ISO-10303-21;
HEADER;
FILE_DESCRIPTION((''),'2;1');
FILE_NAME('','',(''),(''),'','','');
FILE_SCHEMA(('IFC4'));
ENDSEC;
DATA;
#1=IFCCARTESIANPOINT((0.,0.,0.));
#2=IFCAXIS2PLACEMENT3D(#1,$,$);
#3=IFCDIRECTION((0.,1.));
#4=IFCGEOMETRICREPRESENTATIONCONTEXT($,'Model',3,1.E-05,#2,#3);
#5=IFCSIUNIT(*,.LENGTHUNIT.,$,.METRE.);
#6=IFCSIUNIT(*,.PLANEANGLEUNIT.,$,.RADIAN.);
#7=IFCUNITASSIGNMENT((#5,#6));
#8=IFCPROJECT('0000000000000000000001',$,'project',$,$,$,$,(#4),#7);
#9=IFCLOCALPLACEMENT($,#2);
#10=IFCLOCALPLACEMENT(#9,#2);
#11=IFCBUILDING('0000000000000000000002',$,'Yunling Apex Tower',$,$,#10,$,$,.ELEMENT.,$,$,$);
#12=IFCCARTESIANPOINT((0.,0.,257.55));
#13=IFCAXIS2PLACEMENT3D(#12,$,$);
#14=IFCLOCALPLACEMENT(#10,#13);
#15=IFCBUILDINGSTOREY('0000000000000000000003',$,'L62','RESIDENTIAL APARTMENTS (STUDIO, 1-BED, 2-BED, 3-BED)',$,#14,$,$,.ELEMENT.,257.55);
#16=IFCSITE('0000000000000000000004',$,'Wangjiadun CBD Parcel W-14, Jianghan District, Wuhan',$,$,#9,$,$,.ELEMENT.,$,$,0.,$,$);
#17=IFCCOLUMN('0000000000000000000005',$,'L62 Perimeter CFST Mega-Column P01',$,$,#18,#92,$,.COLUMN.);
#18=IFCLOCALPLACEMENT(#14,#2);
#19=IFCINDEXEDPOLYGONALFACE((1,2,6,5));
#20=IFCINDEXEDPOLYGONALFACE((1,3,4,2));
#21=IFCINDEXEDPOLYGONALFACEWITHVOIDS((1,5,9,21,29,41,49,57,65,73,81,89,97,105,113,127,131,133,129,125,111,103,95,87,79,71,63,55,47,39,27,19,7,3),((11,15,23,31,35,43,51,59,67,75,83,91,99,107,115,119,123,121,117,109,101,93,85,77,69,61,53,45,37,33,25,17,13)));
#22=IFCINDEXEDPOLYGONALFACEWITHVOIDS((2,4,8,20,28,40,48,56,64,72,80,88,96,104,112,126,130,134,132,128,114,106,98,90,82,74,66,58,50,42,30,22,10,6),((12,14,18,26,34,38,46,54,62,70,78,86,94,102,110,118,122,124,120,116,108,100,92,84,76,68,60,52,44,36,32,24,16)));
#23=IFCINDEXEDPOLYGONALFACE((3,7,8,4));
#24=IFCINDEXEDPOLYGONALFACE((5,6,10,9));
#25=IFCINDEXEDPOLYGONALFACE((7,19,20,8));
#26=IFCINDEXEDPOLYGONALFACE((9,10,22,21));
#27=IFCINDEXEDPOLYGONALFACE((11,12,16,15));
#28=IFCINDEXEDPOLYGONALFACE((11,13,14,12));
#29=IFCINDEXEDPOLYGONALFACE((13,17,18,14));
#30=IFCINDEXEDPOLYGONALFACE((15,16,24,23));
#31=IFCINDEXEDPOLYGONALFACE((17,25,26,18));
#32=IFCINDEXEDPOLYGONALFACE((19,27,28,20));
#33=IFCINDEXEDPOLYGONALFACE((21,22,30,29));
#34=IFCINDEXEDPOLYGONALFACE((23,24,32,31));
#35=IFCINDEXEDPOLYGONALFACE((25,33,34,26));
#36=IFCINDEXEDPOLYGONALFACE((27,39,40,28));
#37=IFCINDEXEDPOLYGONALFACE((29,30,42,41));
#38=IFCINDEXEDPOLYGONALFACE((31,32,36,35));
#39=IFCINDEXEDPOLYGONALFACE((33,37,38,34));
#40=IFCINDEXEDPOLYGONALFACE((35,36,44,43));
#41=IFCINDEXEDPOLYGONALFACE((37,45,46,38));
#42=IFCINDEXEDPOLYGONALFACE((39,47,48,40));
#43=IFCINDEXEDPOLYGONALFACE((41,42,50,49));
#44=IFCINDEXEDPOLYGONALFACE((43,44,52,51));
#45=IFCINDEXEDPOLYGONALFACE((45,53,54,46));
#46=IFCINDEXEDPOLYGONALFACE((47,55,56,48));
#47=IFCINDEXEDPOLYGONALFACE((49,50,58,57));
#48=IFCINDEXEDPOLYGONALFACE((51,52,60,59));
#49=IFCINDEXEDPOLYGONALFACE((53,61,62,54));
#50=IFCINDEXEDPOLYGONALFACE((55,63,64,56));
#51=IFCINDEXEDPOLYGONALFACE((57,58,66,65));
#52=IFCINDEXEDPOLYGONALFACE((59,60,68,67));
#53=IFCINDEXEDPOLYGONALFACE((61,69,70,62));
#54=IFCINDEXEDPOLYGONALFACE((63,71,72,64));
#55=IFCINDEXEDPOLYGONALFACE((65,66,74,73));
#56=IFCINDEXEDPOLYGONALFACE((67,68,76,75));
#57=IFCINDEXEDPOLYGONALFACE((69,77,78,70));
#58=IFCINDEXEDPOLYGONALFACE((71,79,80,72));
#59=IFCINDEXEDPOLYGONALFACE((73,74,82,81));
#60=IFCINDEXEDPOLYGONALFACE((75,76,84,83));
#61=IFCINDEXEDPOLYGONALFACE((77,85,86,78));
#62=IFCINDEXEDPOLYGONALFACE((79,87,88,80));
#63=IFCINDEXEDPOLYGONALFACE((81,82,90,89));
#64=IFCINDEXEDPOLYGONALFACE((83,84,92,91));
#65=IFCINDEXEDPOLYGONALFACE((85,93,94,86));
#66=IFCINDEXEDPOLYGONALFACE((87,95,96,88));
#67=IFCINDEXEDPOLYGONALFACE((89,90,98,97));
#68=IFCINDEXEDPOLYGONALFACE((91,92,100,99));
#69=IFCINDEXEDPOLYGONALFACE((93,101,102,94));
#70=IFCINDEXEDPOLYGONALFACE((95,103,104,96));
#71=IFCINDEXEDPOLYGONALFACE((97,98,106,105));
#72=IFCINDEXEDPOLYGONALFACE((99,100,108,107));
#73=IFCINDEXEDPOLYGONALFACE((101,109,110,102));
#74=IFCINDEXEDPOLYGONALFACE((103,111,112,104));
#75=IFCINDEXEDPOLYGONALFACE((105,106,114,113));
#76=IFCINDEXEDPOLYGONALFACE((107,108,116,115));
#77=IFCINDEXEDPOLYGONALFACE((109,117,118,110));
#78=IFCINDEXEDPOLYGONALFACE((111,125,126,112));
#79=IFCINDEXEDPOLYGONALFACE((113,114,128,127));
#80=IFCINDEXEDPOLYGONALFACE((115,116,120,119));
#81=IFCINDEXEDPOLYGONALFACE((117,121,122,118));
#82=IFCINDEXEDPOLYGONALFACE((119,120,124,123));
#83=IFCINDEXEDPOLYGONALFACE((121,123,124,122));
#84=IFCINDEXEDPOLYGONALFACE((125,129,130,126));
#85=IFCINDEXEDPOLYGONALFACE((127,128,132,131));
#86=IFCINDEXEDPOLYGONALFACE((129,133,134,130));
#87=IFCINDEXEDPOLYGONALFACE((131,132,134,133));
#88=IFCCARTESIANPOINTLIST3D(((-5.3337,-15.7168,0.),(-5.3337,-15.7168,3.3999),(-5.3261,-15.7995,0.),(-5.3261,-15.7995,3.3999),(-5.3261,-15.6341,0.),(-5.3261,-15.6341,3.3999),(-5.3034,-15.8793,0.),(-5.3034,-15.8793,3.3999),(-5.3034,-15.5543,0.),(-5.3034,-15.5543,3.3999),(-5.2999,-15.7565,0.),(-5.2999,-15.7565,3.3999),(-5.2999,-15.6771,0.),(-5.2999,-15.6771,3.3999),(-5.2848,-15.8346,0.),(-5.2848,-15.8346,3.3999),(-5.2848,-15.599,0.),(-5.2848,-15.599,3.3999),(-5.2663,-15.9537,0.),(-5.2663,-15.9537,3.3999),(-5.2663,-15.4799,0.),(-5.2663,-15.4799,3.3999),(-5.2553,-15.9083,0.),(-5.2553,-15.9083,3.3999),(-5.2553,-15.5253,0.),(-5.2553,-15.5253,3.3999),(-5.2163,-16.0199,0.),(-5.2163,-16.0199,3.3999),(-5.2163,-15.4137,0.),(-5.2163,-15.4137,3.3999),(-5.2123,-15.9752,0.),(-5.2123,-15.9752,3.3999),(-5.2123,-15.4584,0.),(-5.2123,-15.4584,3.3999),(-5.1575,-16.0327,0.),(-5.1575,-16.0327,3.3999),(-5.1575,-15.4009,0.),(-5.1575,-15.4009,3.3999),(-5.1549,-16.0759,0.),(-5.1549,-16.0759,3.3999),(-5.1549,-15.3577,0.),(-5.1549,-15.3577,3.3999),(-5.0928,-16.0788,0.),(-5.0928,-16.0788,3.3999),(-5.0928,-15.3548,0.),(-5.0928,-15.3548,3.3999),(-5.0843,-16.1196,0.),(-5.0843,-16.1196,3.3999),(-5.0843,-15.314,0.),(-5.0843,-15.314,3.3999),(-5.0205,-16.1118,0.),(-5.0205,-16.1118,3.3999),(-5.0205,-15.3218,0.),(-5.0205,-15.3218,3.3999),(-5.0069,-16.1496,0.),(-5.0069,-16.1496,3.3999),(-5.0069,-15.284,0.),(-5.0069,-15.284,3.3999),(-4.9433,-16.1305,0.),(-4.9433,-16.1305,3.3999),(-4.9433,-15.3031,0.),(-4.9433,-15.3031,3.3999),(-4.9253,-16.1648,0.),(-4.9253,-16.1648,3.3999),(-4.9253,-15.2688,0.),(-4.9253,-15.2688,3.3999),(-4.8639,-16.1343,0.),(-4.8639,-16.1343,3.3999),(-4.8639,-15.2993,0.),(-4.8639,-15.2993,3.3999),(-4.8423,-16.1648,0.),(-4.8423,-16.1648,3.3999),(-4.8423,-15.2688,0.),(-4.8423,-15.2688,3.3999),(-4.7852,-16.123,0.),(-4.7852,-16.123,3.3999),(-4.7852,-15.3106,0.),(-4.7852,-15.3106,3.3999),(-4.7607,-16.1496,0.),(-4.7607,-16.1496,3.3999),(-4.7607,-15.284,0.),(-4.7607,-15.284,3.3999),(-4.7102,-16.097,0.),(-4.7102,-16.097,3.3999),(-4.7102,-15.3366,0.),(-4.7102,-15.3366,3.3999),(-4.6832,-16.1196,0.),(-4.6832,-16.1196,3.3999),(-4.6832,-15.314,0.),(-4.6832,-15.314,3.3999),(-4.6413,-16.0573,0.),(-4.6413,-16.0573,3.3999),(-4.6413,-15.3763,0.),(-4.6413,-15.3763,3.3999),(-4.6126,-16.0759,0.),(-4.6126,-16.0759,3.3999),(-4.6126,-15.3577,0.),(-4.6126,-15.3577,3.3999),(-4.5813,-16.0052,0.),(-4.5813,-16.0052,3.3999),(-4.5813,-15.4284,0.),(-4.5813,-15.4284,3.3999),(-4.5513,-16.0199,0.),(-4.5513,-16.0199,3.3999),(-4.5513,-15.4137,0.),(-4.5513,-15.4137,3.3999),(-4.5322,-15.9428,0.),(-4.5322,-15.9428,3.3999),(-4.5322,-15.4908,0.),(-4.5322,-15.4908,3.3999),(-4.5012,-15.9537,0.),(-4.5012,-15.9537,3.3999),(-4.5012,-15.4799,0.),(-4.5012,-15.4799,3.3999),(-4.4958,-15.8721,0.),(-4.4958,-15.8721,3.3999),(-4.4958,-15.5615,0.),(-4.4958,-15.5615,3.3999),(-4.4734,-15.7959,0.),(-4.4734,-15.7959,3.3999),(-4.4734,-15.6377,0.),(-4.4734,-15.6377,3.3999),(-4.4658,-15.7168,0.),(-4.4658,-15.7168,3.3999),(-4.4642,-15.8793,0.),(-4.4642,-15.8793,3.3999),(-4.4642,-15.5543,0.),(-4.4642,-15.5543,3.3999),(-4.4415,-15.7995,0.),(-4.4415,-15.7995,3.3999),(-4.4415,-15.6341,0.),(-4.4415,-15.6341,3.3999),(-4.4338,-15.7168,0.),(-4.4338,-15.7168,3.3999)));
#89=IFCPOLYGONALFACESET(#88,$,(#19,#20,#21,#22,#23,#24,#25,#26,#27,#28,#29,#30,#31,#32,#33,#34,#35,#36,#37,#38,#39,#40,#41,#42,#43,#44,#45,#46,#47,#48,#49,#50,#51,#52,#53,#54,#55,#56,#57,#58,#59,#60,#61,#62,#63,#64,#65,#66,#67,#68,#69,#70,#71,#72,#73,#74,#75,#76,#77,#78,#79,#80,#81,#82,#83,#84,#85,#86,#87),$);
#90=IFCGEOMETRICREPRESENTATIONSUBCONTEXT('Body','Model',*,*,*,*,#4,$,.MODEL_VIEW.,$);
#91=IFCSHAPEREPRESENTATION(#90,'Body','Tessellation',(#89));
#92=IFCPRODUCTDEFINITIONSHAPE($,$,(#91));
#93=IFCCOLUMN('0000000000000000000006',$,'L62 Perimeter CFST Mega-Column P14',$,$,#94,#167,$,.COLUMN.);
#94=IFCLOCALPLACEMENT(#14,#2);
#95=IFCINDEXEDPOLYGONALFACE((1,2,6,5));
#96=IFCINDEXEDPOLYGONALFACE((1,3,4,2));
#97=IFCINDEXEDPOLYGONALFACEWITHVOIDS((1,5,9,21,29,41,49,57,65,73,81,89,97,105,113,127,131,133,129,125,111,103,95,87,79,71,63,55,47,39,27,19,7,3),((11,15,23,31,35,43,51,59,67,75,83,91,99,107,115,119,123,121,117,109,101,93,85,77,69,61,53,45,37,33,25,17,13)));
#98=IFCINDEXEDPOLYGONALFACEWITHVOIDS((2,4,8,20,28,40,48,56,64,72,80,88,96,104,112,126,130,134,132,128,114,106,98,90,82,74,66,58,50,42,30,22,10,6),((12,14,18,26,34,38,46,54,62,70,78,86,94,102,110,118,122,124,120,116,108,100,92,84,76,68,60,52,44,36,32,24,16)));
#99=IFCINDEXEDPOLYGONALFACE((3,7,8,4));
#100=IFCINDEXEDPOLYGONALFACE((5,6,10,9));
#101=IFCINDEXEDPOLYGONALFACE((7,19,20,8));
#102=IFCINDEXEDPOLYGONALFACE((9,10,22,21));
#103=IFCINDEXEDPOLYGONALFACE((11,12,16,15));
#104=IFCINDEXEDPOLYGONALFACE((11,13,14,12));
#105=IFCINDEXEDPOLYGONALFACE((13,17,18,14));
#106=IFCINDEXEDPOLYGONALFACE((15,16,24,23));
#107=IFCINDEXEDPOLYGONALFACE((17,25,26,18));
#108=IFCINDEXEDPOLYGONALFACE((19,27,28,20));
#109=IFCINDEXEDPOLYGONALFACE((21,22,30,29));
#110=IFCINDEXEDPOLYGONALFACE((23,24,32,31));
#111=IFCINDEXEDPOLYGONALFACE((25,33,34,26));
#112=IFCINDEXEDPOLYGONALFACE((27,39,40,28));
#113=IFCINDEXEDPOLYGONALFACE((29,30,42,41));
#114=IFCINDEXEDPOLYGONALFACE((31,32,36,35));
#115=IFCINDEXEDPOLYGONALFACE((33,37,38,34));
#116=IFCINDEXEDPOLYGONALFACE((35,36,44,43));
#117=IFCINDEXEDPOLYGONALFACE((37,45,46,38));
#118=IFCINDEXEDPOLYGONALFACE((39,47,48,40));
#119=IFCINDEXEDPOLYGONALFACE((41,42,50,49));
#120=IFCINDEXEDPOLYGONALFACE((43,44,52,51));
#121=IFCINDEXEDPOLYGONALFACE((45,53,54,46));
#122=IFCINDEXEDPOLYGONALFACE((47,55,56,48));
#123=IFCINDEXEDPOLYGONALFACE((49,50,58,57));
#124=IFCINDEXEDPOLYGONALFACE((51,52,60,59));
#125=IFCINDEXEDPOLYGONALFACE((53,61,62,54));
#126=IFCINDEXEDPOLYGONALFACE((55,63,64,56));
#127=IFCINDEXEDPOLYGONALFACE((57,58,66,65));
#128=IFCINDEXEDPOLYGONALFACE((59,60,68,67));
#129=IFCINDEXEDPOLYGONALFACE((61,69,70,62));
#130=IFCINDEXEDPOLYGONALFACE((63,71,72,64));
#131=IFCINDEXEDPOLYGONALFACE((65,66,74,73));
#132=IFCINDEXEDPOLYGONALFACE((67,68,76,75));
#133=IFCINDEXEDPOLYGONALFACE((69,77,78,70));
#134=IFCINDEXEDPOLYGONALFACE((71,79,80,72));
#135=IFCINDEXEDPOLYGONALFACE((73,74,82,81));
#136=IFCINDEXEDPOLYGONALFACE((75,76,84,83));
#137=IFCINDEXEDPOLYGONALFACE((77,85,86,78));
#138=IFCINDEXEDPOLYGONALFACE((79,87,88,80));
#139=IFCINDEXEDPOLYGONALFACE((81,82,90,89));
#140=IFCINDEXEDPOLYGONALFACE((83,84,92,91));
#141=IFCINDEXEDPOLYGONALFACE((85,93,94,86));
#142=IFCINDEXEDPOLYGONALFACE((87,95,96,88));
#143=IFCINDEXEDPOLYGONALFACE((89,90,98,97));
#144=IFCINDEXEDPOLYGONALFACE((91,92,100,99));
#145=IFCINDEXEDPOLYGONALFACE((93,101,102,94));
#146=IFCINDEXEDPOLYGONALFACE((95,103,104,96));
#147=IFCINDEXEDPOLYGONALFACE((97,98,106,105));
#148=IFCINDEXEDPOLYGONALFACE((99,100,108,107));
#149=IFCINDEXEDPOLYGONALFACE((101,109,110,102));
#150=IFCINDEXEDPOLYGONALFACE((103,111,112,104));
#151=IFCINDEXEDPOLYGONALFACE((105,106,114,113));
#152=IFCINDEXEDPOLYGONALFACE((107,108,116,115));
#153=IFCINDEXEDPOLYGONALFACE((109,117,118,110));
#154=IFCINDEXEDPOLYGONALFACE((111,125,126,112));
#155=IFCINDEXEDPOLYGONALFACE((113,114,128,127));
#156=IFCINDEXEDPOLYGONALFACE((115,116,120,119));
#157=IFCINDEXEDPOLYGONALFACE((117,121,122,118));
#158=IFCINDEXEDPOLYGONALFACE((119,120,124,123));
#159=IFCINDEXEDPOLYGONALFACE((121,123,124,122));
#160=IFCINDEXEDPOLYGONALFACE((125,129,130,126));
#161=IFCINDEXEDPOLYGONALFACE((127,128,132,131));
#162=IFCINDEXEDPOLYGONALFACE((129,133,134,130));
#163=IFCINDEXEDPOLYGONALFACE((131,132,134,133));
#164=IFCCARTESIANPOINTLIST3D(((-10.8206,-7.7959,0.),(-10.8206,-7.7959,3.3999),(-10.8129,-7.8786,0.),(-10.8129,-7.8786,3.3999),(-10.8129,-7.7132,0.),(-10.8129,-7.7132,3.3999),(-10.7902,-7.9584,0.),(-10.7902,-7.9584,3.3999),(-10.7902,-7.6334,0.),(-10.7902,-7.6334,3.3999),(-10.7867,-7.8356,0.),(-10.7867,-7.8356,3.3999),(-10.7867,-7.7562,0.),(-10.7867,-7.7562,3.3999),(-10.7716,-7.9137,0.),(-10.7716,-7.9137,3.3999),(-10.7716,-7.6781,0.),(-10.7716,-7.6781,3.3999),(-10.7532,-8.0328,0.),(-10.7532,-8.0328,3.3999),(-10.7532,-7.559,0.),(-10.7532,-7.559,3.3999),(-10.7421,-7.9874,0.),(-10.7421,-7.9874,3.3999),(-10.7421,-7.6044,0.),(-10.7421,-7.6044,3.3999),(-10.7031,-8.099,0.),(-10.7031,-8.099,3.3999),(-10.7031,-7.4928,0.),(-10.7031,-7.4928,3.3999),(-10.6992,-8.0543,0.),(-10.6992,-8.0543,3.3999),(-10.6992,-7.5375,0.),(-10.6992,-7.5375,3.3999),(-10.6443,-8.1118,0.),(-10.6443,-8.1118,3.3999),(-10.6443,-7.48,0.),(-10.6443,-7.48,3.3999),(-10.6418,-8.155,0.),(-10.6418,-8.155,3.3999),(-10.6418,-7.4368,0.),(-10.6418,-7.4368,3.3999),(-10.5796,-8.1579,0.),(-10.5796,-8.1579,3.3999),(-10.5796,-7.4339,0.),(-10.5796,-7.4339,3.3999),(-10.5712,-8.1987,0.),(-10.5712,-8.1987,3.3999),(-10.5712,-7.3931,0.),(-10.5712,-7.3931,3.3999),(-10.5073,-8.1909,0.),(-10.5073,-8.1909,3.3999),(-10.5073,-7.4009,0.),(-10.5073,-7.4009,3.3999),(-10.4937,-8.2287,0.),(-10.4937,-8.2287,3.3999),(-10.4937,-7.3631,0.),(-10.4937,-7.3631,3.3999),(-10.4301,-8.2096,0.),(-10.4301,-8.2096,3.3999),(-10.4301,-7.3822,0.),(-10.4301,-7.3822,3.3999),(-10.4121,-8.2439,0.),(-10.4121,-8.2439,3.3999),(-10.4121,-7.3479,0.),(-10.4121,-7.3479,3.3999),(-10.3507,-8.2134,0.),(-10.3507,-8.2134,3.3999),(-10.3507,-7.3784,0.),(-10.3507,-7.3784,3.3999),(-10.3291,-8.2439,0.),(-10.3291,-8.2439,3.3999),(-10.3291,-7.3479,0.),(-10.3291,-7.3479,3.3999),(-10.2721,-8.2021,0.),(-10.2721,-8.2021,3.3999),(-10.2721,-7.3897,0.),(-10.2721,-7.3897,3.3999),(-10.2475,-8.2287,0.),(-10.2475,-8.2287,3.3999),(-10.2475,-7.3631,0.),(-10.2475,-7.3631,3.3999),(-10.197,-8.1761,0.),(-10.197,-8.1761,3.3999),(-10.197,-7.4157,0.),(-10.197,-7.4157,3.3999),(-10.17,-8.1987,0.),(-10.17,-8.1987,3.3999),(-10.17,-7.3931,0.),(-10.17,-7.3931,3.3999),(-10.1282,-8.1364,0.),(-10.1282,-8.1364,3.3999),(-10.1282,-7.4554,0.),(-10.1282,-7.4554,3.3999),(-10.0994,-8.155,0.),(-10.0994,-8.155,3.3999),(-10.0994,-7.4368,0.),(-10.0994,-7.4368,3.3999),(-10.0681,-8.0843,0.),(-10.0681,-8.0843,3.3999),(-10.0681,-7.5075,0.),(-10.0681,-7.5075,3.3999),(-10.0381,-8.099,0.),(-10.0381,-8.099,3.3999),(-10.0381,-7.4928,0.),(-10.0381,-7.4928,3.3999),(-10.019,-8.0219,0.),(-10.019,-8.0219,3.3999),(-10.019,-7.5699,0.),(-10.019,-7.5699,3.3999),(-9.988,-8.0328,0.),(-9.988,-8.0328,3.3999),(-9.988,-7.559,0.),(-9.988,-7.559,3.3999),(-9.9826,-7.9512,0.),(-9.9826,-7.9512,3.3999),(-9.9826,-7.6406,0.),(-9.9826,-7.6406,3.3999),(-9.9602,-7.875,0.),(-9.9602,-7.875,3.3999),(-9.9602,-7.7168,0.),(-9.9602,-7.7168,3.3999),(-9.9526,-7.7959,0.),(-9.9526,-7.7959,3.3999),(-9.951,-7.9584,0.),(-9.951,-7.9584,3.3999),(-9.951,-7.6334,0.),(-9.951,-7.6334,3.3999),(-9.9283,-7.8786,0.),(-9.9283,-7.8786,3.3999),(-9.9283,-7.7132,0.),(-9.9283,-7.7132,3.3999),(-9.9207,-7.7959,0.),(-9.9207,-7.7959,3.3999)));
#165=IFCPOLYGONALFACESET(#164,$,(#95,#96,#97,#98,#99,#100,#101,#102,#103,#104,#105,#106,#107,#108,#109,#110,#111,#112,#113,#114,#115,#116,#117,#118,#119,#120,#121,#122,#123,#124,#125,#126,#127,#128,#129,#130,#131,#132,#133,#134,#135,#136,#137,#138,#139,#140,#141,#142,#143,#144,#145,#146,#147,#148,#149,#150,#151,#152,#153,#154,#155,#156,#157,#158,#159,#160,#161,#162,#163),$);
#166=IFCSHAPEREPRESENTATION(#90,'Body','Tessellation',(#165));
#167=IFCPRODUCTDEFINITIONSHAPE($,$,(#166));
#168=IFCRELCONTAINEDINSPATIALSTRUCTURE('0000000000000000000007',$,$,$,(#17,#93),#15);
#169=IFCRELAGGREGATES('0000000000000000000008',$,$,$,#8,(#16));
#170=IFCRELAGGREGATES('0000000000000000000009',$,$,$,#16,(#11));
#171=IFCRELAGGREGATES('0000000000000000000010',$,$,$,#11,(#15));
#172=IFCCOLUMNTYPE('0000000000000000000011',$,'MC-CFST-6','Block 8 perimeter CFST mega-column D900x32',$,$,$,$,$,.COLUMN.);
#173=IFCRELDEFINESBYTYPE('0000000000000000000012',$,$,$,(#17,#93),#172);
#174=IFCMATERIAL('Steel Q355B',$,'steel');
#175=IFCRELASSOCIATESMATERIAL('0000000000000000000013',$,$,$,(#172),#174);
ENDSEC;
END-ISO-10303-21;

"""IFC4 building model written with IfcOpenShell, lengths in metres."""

from ifc_helpers import new_model, si_unit, direction, frame, origin, origin_2d, place, context, subcontext, project, spatial, hollow_circle, extrude, source, transform, mapped, material, material_profile, profile_set, type_object, element, save


model = new_model("IFC4")

# Units and contexts
model_context = context("Model", 3, precision=1e-05, world=origin(), true_north=direction((0.0, 1.0)))
body_context = subcontext(model_context, "Body", "Model", "MODEL_VIEW")
ifc_project = project(units=[si_unit("LENGTHUNIT", "METRE"), si_unit("PLANEANGLEUNIT", "RADIAN")], contexts=[model_context])

# Site, building, storey
site_placement = place(None, origin())
site = spatial("IfcSite", under=ifc_project, at=site_placement, Name="Wangjiadun CBD Parcel W-14, Jianghan District, Wuhan", CompositionType="ELEMENT", RefElevation=0.0)
building_placement = place(site_placement, origin())
building = spatial("IfcBuilding", under=site, at=building_placement, Name="Yunling Apex Tower", CompositionType="ELEMENT")
storey_placement = place(building_placement, frame((0.0, 0.0, 257.55)))
storey = spatial("IfcBuildingStorey", under=building, at=storey_placement, Name="L62", Description="RESIDENTIAL APARTMENTS (STUDIO, 1-BED, 2-BED, 3-BED)", CompositionType="ELEMENT", Elevation=257.55)

# Columns
ifc_material_1 = material(Name="Steel Q355B", Category="steel")
ifc_material_profile_1 = material_profile(ifc_material_1, hollow_circle(Radius=0.45, WallThickness=0.032, at=origin_2d()))
ifc_profile_set_1 = profile_set([ifc_material_profile_1], Name="Steel Q355B")
column_type = type_object("IfcColumnType", Name="MC-CFST-6", Description="Block 8 perimeter CFST mega-column D900x32", PredefinedType="COLUMN", material=ifc_profile_set_1)
shared_shape_1 = source(origin(), body_context, "Body", "SweptSolid", [
    extrude(hollow_circle(Radius=0.45, WallThickness=0.032, at=origin_2d()), origin(), (0.0, 0.0, 1.0), 3.3999),
])
for number, where, z_axis, x_axis, name in (
    (1, (-4.8838, -15.7168, 0.0), (0.0, 0.0, 1.0), (1.0, 0.0, 0.0), "L62 Perimeter CFST Mega-Column P01"),
    (2, (-10.3706, -7.7959, 0.0), (0.0, 0.0, 1.0), (1.0, 0.0, 0.0), "L62 Perimeter CFST Mega-Column P14"),
):
    element("IfcColumn", number, at=place(storey_placement, frame(where, z_axis=z_axis, x_axis=x_axis)), inside=storey, type_object=column_type, Name=name, PredefinedType="COLUMN", context=body_context, shape_type="MappedRepresentation", body=[
        mapped(shared_shape_1, transform((0.0, 0.0, 0.0), scale=1.0)),
    ])

save(model, "model.ifc")
